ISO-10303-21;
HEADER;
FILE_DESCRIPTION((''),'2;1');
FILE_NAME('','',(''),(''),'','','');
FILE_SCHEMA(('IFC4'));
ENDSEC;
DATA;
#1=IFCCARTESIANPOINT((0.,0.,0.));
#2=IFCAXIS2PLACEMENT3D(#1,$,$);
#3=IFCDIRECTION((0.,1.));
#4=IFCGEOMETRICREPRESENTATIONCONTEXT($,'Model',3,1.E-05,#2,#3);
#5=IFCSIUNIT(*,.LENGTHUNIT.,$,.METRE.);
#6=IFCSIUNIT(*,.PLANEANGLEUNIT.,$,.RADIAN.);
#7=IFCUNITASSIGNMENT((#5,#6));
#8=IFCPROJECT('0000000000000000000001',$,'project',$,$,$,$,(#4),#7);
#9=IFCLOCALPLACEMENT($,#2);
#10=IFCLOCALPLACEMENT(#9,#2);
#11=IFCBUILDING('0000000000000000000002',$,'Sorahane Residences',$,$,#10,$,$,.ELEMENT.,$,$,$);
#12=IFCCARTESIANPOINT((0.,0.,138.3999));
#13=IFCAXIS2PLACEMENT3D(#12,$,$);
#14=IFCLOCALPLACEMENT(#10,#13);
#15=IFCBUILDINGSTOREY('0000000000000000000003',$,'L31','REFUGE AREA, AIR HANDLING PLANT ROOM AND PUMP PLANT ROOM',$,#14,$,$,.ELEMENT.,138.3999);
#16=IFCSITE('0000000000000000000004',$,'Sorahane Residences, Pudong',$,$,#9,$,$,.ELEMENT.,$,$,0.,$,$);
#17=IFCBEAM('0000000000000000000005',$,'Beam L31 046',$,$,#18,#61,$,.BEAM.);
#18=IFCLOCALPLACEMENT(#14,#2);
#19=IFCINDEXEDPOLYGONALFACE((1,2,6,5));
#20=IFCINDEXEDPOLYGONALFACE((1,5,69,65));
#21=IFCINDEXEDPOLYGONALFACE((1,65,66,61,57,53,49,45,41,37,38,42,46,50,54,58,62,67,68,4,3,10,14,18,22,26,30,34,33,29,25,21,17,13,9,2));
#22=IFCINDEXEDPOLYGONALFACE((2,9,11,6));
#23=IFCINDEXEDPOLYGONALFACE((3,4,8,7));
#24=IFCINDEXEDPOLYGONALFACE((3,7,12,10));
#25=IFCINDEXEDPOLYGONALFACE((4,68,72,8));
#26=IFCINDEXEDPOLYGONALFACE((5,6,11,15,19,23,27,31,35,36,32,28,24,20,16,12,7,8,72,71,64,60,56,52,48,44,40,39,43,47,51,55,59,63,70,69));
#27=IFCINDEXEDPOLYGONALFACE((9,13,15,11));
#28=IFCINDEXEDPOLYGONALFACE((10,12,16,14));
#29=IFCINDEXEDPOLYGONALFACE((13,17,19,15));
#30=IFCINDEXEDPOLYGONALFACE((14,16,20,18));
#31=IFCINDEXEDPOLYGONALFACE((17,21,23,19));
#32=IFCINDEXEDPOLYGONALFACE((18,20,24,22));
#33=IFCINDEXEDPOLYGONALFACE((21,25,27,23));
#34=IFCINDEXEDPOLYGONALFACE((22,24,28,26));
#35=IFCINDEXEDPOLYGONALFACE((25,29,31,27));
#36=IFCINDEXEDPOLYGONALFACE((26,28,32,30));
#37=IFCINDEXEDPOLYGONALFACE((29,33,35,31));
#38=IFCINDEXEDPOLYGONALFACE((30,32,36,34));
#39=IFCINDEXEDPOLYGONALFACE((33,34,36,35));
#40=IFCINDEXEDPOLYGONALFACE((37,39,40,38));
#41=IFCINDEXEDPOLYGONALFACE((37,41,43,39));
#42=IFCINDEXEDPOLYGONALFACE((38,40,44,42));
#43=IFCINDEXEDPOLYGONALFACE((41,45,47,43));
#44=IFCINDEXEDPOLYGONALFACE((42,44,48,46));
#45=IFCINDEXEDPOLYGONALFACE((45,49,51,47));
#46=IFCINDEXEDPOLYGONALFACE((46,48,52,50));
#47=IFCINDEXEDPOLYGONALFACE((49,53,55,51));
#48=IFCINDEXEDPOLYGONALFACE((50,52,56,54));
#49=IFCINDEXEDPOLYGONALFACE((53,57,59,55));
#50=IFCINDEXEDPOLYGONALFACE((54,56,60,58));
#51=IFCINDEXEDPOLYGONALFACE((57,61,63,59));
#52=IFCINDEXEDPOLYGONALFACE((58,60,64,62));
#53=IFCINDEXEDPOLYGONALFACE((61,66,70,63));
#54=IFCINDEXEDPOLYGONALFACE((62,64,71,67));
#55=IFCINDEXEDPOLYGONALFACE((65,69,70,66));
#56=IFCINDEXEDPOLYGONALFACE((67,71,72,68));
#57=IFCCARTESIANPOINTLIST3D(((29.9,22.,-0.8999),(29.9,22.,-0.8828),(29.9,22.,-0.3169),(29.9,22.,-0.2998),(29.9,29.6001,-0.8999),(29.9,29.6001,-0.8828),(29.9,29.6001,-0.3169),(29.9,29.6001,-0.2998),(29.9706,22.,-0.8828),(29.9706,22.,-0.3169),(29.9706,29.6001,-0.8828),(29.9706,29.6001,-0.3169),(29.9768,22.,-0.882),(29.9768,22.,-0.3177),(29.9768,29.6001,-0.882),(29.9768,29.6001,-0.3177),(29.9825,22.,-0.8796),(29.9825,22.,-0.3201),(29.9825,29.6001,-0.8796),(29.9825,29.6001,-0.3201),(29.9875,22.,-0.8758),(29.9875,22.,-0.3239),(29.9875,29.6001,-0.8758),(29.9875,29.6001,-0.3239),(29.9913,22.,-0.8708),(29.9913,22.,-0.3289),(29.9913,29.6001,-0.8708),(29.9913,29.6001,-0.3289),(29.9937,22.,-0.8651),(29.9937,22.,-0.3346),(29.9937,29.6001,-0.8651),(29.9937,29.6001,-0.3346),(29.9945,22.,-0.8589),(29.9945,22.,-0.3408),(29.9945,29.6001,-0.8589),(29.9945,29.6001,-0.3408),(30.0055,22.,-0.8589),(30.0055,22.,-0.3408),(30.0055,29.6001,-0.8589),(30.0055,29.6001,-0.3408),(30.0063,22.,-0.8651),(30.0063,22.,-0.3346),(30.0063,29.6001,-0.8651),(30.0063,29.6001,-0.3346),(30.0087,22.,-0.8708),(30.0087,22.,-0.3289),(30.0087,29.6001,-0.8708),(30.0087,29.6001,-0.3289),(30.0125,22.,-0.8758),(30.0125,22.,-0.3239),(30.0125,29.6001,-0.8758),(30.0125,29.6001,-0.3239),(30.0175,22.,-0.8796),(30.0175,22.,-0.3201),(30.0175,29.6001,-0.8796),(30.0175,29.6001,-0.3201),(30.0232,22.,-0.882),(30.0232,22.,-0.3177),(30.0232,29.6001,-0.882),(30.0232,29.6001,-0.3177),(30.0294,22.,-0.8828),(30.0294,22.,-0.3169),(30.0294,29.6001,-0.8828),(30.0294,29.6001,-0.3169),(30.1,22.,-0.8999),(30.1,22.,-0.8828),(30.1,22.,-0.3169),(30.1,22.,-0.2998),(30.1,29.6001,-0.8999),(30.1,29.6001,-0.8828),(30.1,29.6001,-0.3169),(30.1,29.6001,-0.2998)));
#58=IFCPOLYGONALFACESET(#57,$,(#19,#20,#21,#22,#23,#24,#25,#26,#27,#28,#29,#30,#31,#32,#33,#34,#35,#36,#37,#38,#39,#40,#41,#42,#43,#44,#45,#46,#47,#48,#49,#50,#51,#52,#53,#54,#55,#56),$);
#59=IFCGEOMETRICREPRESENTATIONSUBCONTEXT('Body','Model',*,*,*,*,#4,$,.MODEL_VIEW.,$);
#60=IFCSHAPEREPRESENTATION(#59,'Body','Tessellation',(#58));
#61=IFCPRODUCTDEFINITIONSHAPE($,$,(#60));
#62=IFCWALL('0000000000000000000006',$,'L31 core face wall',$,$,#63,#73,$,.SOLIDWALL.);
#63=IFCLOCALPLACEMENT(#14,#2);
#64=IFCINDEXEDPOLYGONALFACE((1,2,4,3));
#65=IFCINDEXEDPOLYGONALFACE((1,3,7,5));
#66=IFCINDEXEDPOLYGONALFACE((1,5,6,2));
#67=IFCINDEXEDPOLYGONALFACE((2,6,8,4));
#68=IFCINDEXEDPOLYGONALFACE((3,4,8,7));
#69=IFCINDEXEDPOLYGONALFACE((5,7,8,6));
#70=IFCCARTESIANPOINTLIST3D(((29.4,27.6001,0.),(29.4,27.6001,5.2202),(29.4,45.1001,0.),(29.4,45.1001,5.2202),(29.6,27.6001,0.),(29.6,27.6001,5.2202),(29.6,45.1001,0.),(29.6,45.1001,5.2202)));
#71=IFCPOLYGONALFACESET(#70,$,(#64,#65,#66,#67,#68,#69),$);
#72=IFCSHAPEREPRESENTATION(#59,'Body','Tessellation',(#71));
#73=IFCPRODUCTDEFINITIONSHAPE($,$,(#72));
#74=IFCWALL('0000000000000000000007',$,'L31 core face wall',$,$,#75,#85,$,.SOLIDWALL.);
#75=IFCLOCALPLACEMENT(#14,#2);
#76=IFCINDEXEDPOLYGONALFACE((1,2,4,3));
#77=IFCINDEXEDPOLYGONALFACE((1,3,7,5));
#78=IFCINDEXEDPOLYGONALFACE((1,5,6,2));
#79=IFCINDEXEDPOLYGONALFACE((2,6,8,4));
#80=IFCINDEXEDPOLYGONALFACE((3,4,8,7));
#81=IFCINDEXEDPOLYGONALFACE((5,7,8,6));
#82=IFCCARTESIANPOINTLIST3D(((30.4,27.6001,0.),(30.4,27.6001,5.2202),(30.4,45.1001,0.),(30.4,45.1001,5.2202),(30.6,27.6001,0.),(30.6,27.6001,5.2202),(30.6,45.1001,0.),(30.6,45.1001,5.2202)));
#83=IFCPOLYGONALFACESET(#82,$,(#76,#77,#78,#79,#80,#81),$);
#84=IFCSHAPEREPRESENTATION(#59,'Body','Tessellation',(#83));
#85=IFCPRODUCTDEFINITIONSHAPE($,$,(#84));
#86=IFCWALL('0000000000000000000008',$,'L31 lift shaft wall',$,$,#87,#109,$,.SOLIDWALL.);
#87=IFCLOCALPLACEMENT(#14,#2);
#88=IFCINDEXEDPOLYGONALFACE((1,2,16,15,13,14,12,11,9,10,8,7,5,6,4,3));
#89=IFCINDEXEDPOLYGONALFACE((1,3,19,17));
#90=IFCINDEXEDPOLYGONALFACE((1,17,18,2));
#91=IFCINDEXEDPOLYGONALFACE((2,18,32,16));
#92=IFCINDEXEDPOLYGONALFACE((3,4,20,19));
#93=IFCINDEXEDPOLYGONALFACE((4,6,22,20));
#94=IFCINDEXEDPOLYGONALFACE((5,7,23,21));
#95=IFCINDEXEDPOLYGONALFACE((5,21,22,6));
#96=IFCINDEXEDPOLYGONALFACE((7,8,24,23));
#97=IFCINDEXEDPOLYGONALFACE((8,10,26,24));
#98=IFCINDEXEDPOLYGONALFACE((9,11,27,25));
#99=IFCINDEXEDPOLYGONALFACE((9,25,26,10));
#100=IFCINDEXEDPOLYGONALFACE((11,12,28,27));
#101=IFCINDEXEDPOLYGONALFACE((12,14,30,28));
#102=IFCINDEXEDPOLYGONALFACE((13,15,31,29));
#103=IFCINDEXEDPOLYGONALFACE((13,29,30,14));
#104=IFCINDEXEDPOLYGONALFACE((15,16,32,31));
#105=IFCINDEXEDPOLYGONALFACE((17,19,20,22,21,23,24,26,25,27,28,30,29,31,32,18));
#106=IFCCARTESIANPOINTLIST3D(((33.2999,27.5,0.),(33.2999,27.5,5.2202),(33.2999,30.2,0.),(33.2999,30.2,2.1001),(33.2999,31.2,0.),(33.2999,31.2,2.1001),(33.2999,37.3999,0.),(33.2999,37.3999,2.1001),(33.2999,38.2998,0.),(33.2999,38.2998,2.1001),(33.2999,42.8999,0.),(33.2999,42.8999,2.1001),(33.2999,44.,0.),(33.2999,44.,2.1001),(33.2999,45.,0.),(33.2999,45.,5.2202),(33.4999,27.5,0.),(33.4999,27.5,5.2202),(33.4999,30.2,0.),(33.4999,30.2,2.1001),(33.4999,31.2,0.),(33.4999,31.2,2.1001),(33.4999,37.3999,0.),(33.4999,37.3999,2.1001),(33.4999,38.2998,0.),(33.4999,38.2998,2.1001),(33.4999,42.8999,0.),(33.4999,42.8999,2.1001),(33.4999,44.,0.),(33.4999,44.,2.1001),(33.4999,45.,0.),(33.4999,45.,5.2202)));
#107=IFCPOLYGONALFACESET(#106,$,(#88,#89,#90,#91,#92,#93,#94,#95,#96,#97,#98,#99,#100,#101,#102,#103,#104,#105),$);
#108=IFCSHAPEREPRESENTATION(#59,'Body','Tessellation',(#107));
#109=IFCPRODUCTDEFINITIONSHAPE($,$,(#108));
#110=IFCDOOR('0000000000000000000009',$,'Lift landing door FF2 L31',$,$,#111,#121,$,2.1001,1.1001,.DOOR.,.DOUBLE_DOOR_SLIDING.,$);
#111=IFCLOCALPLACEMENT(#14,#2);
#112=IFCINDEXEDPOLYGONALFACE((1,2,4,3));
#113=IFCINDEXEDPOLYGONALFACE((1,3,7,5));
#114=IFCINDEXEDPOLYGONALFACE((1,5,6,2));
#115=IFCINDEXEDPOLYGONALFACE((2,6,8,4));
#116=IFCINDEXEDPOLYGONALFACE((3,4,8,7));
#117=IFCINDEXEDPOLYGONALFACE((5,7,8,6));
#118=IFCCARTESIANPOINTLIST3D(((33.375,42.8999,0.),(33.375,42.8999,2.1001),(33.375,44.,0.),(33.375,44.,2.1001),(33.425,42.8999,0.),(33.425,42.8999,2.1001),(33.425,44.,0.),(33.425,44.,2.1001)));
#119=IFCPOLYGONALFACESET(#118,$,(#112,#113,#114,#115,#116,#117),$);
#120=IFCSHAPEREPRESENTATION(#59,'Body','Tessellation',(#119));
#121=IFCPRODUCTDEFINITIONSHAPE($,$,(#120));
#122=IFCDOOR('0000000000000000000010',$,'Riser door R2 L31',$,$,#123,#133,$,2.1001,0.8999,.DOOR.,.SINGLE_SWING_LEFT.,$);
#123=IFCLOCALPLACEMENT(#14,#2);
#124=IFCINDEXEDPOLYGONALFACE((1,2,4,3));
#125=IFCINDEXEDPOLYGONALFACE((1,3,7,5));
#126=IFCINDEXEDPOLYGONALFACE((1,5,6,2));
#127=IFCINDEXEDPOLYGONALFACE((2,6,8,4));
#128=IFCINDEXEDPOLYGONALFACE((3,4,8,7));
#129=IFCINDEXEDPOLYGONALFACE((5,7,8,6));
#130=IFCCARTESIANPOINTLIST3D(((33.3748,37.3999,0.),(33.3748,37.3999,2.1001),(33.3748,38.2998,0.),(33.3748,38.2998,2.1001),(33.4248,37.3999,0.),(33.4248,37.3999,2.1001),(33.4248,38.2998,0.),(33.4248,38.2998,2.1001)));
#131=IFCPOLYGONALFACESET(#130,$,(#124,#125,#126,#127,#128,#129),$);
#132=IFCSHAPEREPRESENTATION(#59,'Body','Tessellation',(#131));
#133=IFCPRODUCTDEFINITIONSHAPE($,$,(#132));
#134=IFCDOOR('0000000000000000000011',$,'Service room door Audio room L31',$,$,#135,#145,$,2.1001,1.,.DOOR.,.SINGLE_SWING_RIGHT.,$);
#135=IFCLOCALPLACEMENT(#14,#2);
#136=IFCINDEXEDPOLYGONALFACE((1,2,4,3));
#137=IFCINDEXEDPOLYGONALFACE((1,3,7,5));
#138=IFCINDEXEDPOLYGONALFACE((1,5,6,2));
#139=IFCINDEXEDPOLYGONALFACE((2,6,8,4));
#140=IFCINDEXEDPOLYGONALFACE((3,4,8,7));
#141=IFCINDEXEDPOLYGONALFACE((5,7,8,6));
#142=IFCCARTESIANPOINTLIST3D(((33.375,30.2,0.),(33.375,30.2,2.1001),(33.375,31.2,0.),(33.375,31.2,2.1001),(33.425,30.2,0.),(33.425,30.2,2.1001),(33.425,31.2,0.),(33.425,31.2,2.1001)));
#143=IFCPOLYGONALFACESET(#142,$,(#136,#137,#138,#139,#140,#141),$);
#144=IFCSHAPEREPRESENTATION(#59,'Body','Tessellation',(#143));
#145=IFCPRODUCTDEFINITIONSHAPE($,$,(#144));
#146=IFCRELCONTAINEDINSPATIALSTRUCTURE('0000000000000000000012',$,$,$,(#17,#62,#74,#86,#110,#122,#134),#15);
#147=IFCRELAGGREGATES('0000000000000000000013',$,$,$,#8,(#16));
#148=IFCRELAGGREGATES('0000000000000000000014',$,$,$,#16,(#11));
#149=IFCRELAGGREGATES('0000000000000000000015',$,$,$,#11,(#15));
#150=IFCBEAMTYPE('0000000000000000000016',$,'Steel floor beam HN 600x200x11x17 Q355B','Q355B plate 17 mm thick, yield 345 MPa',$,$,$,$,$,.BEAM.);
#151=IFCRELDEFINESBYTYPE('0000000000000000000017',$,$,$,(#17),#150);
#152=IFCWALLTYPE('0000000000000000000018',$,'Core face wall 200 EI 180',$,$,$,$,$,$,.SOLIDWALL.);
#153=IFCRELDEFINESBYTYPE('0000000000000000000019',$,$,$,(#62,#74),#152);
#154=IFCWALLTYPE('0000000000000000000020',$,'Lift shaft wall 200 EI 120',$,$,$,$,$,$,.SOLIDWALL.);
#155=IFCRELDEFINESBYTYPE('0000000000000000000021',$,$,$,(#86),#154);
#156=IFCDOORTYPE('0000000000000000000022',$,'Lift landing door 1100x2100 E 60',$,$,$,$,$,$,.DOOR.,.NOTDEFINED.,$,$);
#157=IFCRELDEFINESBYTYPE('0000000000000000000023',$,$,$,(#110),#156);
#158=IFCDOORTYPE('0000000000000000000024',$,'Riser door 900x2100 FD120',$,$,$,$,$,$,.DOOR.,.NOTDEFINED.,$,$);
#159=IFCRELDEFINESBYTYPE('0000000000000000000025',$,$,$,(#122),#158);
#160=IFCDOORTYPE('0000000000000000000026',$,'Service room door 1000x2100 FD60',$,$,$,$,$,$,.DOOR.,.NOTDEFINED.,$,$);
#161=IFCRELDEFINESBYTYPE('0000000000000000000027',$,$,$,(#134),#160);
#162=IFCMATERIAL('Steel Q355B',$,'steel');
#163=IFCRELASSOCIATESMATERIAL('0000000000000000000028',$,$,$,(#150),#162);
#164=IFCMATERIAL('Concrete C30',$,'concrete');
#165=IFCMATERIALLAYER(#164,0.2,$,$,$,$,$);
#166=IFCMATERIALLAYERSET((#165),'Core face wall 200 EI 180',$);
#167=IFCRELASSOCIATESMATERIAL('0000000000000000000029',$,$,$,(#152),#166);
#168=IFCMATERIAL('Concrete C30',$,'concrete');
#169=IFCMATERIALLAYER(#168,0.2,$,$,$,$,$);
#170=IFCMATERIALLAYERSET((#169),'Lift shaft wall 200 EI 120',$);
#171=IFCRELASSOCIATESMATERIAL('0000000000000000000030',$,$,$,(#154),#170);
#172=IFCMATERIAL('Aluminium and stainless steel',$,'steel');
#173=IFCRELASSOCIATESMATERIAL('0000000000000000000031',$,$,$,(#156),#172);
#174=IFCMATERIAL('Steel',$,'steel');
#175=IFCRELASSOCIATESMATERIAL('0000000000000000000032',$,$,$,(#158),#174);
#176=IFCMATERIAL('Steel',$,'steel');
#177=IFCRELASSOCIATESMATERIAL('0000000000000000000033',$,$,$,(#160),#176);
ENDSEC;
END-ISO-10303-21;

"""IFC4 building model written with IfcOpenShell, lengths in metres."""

from ifc_helpers import new_model, si_unit, direction, frame, frame_2d, origin, origin_2d, place, context, subcontext, project, spatial, rectangle, i_section, extrude, material, layer, layer_set, material_profile, profile_set, type_object, element, fill, save


model = new_model("IFC4")

# Units and contexts
model_context = context("Model", 3, precision=1e-05, world=origin(), true_north=direction((0.0, 1.0)))
body_context = subcontext(model_context, "Body", "Model", "MODEL_VIEW")
ifc_project = project(units=[si_unit("LENGTHUNIT", "METRE"), si_unit("PLANEANGLEUNIT", "RADIAN")], contexts=[model_context])

# Site, building, storey
site_placement = place(None, origin())
site = spatial("IfcSite", under=ifc_project, at=site_placement, Name="Sorahane Residences, Pudong", CompositionType="ELEMENT", RefElevation=0.0)
building_placement = place(site_placement, origin())
building = spatial("IfcBuilding", under=site, at=building_placement, Name="Sorahane Residences", CompositionType="ELEMENT")
storey_placement = place(building_placement, frame((0.0, 0.0, 138.3999)))
storey = spatial("IfcBuildingStorey", under=building, at=storey_placement, Name="L31", Description="REFUGE AREA, AIR HANDLING PLANT ROOM AND PUMP PLANT ROOM", CompositionType="ELEMENT", Elevation=138.3999)

# Beam
ifc_material_1 = material(Name="Steel Q355B", Category="steel")
ifc_material_profile = material_profile(ifc_material_1, i_section(OverallWidth=0.2, OverallDepth=0.6001, WebThickness=0.011, FlangeThickness=0.0171, FilletRadius=0.0239, at=origin_2d()), Name="HN 600x200x11x17")
ifc_profile_set = profile_set([ifc_material_profile], Name="Steel Q355B")
beam_type = type_object("IfcBeamType", Name="Steel floor beam HN 600x200x11x17 Q355B", Description="Q355B plate 17 mm thick, yield 345 MPa", PredefinedType="BEAM", material=ifc_profile_set)
beam_placement = place(storey_placement, frame((30.0, 22.0, -0.5999), z_axis=(0.0, 1.0, 0.0), x_axis=(-1.0, 0.0, 0.0)))
element("IfcBeam", 1, at=beam_placement, inside=storey, type_object=beam_type, Name="Beam L31 046", PredefinedType="BEAM", context=body_context, shape_type="SweptSolid", body=[
    extrude(i_section(OverallWidth=0.2, OverallDepth=0.6001, WebThickness=0.011, FlangeThickness=0.0171, FilletRadius=0.0239, at=origin_2d()), origin(), (0.0, 0.0, 1.0), 7.6001),
])

# Walls
ifc_material_2 = material(Name="Concrete C30", Category="concrete")
ifc_layer_1 = layer(ifc_material_2, 0.2)
ifc_layer_set_1 = layer_set([ifc_layer_1], Name="Core face wall 200 EI 180")
wall_type_1 = type_object("IfcWallType", Name="Core face wall 200 EI 180", PredefinedType="SOLIDWALL", material=ifc_layer_set_1)
for number, where, z_axis, x_axis, name in (
    (2, (29.5, 27.6001, 0.0), (0.0, 0.0, 1.0), (0.0, 1.0, 0.0), "L31 core face wall"),
    (3, (30.5, 27.6001, 0.0), (0.0, 0.0, 1.0), (0.0, 1.0, 0.0), "L31 core face wall"),
):
    element("IfcWall", number, at=place(storey_placement, frame(where, z_axis=z_axis, x_axis=x_axis)), inside=storey, type_object=wall_type_1, Name=name, PredefinedType="SOLIDWALL", context=body_context, shape_type="SweptSolid", body=[
        extrude(rectangle(XDim=17.5, YDim=0.2, at=frame_2d((8.75, 0.0))), origin(), (0.0, 0.0, 1.0), 5.2202),
    ])

# Wall, openings, doors
ifc_material_3 = material(Name="Concrete C30", Category="concrete")
ifc_layer_2 = layer(ifc_material_3, 0.2)
ifc_layer_set_2 = layer_set([ifc_layer_2], Name="Lift shaft wall 200 EI 120")
wall_type_2 = type_object("IfcWallType", Name="Lift shaft wall 200 EI 120", PredefinedType="SOLIDWALL", material=ifc_layer_set_2)
wall_1_placement = place(storey_placement, frame((33.3999, 27.5, 0.0), z_axis=(0.0, 0.0, 1.0), x_axis=(0.0, 1.0, 0.0)))
wall_1 = element("IfcWall", 4, at=wall_1_placement, inside=storey, type_object=wall_type_2, Name="L31 lift shaft wall", PredefinedType="SOLIDWALL", context=body_context, shape_type="SweptSolid", body=[
    extrude(rectangle(XDim=17.5, YDim=0.2, at=frame_2d((8.75, 0.0))), origin(), (0.0, 0.0, 1.0), 5.2202),
])
opening_1_placement = place(wall_1_placement, frame((15.3999, 0.0, 0.0)))
opening_1 = element("IfcOpeningElement", 5, at=opening_1_placement, cuts=wall_1, PredefinedType="OPENING", context=body_context, shape_type="SweptSolid", body=[
    extrude(rectangle(XDim=1.1001, YDim=2.1001, at=frame_2d((0.55, 1.05))), frame((0.0, 0.1099, 0.0), z_axis=(0.0, -1.0, 0.0), x_axis=(1.0, 0.0, 0.0)), (0.0, 0.0, 1.0), 0.22),
])
opening_2_placement = place(wall_1_placement, frame((2.7, 0.0, 0.0)))
opening_2 = element("IfcOpeningElement", 6, at=opening_2_placement, cuts=wall_1, PredefinedType="OPENING", context=body_context, shape_type="SweptSolid", body=[
    extrude(rectangle(XDim=1.0, YDim=2.1001, at=frame_2d((0.5, 1.05))), frame((0.0, 0.1099, 0.0), z_axis=(0.0, -1.0, 0.0), x_axis=(1.0, 0.0, 0.0)), (0.0, 0.0, 1.0), 0.22),
])
opening_3_placement = place(wall_1_placement, frame((9.8999, 0.0, 0.0)))
opening_3 = element("IfcOpeningElement", 7, at=opening_3_placement, cuts=wall_1, PredefinedType="OPENING", context=body_context, shape_type="SweptSolid", body=[
    extrude(rectangle(XDim=0.8999, YDim=2.1001, at=frame_2d((0.45, 1.05))), frame((0.0, 0.1099, 0.0), z_axis=(0.0, -1.0, 0.0), x_axis=(1.0, 0.0, 0.0)), (0.0, 0.0, 1.0), 0.22),
])
ifc_material_4 = material(Name="Aluminium and stainless steel", Category="steel")
door_type_1 = type_object("IfcDoorType", Name="Lift landing door 1100x2100 E 60", OperationType="NOTDEFINED", PredefinedType="DOOR", material=ifc_material_4)
door_1_placement = place(opening_1_placement, origin())
door_1 = element("IfcDoor", 8, at=door_1_placement, inside=storey, type_object=door_type_1, Name="Lift landing door FF2 L31", OperationType="DOUBLE_DOOR_SLIDING", OverallHeight=2.1001, OverallWidth=1.1001, PredefinedType="DOOR", context=body_context, shape_type="SweptSolid", body=[
    extrude(rectangle(XDim=1.1001, YDim=2.1001, at=frame_2d((0.55, 1.05))), frame((0.0, 0.0249, 0.0), z_axis=(0.0, -1.0, 0.0), x_axis=(1.0, 0.0, 0.0)), (0.0, 0.0, 1.0), 0.05),
])
fill(opening_1, door_1)
ifc_material_5 = material(Name="Steel", Category="steel")
door_type_2 = type_object("IfcDoorType", Name="Riser door 900x2100 FD120", OperationType="NOTDEFINED", PredefinedType="DOOR", material=ifc_material_5)
door_2_placement = place(opening_3_placement, frame((0.8999, 0.0, 0.0), z_axis=(0.0, 0.0, 1.0), x_axis=(-1.0, 0.0, 0.0)))
door_2 = element("IfcDoor", 9, at=door_2_placement, inside=storey, type_object=door_type_2, Name="Riser door R2 L31", OperationType="SINGLE_SWING_LEFT", OverallHeight=2.1001, OverallWidth=0.8999, PredefinedType="DOOR", context=body_context, shape_type="SweptSolid", body=[
    extrude(rectangle(XDim=0.8999, YDim=2.1001, at=frame_2d((0.45, 1.05))), frame((0.0, 0.0249, 0.0), z_axis=(0.0, -1.0, 0.0), x_axis=(1.0, 0.0, 0.0)), (0.0, 0.0, 1.0), 0.05),
])
fill(opening_3, door_2)
ifc_material_6 = material(Name="Steel", Category="steel")
door_type_3 = type_object("IfcDoorType", Name="Service room door 1000x2100 FD60", OperationType="NOTDEFINED", PredefinedType="DOOR", material=ifc_material_6)
door_3_placement = place(opening_2_placement, origin())
door_3 = element("IfcDoor", 10, at=door_3_placement, inside=storey, type_object=door_type_3, Name="Service room door Audio room L31", OperationType="SINGLE_SWING_RIGHT", OverallHeight=2.1001, OverallWidth=1.0, PredefinedType="DOOR", context=body_context, shape_type="SweptSolid", body=[
    extrude(rectangle(XDim=1.0, YDim=2.1001, at=frame_2d((0.5, 1.05))), frame((0.0, 0.0249, 0.0), z_axis=(0.0, -1.0, 0.0), x_axis=(1.0, 0.0, 0.0)), (0.0, 0.0, 1.0), 0.05),
])
fill(opening_2, door_3)

save(model, "model.ifc")
